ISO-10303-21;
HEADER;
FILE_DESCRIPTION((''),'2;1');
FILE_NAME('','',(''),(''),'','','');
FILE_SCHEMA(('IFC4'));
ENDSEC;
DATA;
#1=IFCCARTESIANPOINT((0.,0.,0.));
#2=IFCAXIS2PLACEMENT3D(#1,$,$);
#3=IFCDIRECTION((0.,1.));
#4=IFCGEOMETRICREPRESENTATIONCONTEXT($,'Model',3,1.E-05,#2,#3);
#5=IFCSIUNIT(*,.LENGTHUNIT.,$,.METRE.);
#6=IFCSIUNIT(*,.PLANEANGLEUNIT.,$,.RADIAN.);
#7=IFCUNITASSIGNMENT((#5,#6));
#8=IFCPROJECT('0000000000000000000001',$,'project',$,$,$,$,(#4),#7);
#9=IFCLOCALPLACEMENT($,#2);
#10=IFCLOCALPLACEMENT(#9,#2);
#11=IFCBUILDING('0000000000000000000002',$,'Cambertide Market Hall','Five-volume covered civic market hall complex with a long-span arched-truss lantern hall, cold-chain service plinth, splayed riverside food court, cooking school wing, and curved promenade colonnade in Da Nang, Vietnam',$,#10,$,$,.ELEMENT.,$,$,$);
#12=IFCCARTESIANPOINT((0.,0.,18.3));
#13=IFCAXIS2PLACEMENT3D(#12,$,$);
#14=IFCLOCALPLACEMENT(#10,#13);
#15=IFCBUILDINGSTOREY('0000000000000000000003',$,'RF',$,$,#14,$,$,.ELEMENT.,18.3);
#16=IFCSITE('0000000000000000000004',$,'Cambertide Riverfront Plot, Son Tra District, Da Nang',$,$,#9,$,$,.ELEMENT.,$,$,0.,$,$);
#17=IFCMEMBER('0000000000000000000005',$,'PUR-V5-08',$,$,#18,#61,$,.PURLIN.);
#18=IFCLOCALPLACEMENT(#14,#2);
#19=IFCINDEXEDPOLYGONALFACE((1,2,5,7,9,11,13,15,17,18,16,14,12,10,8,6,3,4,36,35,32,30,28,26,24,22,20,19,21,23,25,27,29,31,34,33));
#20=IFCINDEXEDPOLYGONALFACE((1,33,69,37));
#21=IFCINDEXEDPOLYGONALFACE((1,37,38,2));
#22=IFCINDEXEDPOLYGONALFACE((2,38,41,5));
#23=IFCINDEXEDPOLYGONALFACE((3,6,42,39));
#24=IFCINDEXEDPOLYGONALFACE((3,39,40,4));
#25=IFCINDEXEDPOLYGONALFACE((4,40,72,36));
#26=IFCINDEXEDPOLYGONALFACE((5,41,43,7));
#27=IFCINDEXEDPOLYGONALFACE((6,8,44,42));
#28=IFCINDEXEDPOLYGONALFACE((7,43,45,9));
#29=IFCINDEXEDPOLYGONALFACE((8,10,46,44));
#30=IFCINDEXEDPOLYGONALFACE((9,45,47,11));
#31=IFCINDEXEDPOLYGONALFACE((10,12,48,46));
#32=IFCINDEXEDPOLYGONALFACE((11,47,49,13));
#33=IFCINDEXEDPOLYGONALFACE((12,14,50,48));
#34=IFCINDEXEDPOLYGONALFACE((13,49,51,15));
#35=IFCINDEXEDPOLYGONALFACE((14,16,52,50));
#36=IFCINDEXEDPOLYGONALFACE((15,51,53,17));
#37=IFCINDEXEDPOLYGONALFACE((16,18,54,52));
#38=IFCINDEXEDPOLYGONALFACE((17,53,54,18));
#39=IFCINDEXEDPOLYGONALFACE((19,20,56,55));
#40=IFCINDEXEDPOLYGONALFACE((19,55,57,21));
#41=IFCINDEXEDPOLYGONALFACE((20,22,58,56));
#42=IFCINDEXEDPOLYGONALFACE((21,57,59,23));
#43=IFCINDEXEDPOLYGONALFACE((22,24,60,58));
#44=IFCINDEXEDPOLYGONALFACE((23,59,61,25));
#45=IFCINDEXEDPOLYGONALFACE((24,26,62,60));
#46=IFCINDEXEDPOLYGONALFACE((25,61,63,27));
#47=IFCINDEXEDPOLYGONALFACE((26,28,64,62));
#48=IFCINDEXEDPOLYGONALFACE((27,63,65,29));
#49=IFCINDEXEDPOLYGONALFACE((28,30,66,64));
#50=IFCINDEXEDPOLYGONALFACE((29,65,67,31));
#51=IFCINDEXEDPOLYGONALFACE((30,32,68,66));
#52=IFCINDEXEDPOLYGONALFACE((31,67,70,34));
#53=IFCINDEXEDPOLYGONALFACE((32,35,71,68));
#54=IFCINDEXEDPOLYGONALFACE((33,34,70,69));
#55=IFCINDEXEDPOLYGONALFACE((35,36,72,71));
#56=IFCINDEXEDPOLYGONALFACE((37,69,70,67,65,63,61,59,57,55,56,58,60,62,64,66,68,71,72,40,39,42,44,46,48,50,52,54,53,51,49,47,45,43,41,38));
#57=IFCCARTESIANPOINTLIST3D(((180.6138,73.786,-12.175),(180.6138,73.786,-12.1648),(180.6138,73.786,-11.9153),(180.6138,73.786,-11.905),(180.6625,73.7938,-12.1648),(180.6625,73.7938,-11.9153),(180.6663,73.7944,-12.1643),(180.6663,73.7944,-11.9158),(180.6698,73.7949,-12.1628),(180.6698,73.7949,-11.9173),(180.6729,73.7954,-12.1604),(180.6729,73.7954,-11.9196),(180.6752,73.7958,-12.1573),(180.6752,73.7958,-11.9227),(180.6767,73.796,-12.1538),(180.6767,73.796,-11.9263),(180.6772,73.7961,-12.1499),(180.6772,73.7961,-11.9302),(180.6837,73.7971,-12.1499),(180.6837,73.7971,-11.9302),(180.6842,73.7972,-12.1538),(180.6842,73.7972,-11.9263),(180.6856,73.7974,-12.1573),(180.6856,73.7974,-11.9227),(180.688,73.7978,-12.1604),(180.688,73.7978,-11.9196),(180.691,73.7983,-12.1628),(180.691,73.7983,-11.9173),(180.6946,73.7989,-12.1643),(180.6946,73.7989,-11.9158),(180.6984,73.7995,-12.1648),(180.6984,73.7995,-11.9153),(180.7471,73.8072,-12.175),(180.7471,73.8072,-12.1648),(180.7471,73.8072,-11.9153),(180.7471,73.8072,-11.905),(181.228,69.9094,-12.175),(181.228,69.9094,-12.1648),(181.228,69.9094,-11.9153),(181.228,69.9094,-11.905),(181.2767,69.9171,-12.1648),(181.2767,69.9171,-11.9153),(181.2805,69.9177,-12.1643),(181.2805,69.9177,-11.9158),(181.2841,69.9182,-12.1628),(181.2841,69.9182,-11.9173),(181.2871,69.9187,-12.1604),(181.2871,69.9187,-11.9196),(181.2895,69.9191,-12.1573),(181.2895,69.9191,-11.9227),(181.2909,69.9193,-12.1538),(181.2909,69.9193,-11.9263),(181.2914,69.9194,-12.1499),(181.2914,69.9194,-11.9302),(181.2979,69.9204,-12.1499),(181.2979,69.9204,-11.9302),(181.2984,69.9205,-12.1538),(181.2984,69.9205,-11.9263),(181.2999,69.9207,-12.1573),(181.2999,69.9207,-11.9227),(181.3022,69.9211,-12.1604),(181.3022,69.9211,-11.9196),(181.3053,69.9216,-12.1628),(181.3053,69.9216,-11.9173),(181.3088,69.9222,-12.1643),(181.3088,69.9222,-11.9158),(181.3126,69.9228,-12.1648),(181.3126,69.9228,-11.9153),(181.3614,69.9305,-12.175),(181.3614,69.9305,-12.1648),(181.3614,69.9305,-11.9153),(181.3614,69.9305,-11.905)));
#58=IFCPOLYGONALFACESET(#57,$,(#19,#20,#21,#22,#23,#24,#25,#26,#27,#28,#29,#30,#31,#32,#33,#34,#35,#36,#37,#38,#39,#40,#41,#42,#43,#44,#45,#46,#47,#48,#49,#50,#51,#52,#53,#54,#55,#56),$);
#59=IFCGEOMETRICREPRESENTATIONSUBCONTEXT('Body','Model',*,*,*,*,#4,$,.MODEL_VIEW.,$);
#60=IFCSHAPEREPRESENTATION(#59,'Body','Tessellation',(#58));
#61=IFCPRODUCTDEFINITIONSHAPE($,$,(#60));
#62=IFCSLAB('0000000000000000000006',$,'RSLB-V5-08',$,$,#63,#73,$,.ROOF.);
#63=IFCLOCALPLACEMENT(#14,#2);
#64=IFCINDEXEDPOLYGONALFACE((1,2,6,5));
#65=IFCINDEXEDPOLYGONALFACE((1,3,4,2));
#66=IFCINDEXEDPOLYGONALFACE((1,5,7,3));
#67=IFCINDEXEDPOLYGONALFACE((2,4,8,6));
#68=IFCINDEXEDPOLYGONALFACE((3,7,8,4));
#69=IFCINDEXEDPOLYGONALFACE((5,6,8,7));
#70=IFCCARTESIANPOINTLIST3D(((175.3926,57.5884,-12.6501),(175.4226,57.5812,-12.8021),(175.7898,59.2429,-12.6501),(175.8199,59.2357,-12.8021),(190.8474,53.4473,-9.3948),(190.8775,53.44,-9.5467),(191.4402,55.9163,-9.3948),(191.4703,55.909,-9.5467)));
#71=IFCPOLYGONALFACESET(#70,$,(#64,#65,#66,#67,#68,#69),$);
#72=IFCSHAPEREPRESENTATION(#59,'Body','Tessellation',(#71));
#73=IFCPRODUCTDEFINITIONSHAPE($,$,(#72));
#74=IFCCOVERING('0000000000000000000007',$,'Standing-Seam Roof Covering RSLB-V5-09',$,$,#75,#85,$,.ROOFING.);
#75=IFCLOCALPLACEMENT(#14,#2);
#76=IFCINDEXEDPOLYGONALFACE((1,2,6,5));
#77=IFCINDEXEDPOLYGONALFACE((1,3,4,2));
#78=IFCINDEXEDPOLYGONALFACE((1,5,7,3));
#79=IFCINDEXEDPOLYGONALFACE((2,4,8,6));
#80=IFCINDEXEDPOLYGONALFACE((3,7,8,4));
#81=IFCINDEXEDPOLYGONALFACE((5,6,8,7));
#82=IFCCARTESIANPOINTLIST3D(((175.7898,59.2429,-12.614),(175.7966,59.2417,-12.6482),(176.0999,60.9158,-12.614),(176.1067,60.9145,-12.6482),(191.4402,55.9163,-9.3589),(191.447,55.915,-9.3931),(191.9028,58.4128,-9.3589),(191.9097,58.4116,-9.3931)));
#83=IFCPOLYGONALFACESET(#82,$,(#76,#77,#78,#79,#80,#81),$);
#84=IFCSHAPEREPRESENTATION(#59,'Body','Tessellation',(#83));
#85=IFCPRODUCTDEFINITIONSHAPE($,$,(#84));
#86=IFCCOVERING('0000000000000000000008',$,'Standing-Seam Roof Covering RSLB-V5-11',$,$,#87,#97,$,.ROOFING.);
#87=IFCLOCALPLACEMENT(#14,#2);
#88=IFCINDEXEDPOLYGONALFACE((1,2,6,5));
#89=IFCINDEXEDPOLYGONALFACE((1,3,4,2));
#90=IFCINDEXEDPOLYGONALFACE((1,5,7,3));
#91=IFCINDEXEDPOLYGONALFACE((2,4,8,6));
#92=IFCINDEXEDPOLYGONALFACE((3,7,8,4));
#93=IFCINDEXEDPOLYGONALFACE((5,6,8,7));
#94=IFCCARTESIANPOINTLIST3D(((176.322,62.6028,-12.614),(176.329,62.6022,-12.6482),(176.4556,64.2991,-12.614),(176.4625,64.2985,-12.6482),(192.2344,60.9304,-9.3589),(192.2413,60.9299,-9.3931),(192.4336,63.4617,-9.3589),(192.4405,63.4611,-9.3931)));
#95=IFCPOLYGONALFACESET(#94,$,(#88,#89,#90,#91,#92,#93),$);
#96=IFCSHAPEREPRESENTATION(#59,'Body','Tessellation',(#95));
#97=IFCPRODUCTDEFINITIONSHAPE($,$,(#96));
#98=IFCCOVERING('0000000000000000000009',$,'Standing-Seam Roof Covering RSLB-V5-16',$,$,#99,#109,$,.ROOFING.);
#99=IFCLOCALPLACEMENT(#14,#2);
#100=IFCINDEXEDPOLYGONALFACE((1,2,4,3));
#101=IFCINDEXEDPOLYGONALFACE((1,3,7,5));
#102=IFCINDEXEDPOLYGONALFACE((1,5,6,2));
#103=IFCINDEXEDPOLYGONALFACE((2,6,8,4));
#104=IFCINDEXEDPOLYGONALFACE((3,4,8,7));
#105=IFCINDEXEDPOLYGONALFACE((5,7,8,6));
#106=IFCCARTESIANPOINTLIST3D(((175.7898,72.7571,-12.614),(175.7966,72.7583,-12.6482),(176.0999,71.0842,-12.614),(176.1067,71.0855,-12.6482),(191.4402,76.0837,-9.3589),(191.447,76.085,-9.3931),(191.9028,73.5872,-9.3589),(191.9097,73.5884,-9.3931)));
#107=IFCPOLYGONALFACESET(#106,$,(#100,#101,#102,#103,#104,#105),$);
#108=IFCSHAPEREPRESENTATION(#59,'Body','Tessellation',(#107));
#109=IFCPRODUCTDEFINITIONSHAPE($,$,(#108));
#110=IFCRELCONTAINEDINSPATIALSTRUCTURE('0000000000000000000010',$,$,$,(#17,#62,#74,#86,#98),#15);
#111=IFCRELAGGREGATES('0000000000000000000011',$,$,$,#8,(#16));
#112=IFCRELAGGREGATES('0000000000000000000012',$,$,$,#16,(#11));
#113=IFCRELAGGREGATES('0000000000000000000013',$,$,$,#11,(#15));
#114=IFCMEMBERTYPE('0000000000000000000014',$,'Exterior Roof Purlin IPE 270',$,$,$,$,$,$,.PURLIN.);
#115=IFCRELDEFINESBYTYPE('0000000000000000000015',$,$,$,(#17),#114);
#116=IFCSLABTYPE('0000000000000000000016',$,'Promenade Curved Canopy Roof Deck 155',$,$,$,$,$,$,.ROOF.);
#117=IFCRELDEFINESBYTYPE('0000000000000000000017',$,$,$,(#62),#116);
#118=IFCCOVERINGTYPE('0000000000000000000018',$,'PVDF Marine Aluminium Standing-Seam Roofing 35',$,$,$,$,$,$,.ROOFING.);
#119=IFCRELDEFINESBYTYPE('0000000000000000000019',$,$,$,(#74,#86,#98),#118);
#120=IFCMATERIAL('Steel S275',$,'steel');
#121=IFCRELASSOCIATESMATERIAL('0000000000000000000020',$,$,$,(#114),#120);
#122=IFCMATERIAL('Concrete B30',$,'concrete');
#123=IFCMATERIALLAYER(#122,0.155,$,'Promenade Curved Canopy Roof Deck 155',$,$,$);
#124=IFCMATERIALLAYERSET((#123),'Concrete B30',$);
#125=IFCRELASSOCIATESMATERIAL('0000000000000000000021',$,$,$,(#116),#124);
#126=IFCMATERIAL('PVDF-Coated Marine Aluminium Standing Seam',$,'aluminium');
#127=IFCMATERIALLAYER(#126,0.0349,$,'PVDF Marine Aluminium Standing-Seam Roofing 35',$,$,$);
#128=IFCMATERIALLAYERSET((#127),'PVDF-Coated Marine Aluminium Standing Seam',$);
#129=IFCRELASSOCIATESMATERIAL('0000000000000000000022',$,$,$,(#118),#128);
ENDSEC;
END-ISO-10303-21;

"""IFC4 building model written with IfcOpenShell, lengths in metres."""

from ifc_helpers import new_model, si_unit, direction, frame, origin, origin_2d, place, context, subcontext, project, spatial, polyline, i_section, outline, extrude, material, layer, layer_set, material_profile, profile_set, type_object, element, save


model = new_model("IFC4")

# Units and contexts
model_context = context("Model", 3, precision=1e-05, world=origin(), true_north=direction((0.0, 1.0)))
body_context = subcontext(model_context, "Body", "Model", "MODEL_VIEW")
ifc_project = project(units=[si_unit("LENGTHUNIT", "METRE"), si_unit("PLANEANGLEUNIT", "RADIAN")], contexts=[model_context])

# Site, building, storey
site_placement = place(None, origin())
site = spatial("IfcSite", under=ifc_project, at=site_placement, Name="Cambertide Riverfront Plot, Son Tra District, Da Nang", CompositionType="ELEMENT", RefElevation=0.0)
building_placement = place(site_placement, origin())
building = spatial("IfcBuilding", under=site, at=building_placement, Name="Cambertide Market Hall", Description="Five-volume covered civic market hall complex with a long-span arched-truss lantern hall, cold-chain service plinth, splayed riverside food court, cooking school wing, and curved promenade colonnade in Da Nang, Vietnam", CompositionType="ELEMENT")
storey_placement = place(building_placement, frame((0.0, 0.0, 18.3)))
storey = spatial("IfcBuildingStorey", under=building, at=storey_placement, Name="RF", CompositionType="ELEMENT", Elevation=18.3)

# Member
ifc_material_1 = material(Name="Steel S275", Category="steel")
ifc_material_profile = material_profile(ifc_material_1, i_section(OverallWidth=0.135, OverallDepth=0.27, WebThickness=0.0066, FlangeThickness=0.0103, FilletRadius=0.0149, at=origin_2d()), Name="IPE 270")
ifc_profile_set = profile_set([ifc_material_profile], Name="Steel S275")
member_type = type_object("IfcMemberType", Name="Exterior Roof Purlin IPE 270", PredefinedType="PURLIN", material=ifc_profile_set)
member_1_placement = place(storey_placement, frame((181.2947, 69.9199, -12.04), z_axis=(-0.156496, 0.987679, 0.0), x_axis=(-0.987679, -0.156496, 0.0)))
element("IfcMember", 1, at=member_1_placement, inside=storey, type_object=member_type, Name="PUR-V5-08", PredefinedType="PURLIN", context=body_context, shape_type="SweptSolid", body=[
    extrude(i_section(OverallWidth=0.135, OverallDepth=0.27, WebThickness=0.0066, FlangeThickness=0.0103, FilletRadius=0.0149, at=origin_2d()), origin(), (0.0, 0.0, 1.0), 3.925),
])

# Slab
ifc_material_2 = material(Name="Concrete B30", Category="concrete")
ifc_layer_1 = layer(ifc_material_2, 0.155, Name="Promenade Curved Canopy Roof Deck 155")
ifc_layer_set_1 = layer_set([ifc_layer_1], Name="Concrete B30")
slab_type = type_object("IfcSlabType", Name="Promenade Curved Canopy Roof Deck 155", PredefinedType="ROOF", material=ifc_layer_set_1)
slab_1_placement = place(storey_placement, frame((175.3926, 57.5884, -12.6501), z_axis=(-0.19393, 0.046559, 0.97991), x_axis=(0.233444, 0.97237, -0.000001)))
element("IfcSlab", 2, at=slab_1_placement, inside=storey, type_object=slab_type, Name="RSLB-V5-08", PredefinedType="ROOF", context=body_context, shape_type="SweptSolid", body=[
    extrude(outline(polyline([(0.0, 0.0), (1.7016, 0.0), (2.1203, -16.3225), (-0.4189, -16.3225), (0.0, 0.0)])), origin(), (0.0, 0.0, -1.0), 0.155),
])

# Coverings
ifc_material_3 = material(Name="PVDF-Coated Marine Aluminium Standing Seam", Category="aluminium")
ifc_layer_2 = layer(ifc_material_3, 0.0349, Name="PVDF Marine Aluminium Standing-Seam Roofing 35")
ifc_layer_set_2 = layer_set([ifc_layer_2], Name="PVDF-Coated Marine Aluminium Standing Seam")
covering_type = type_object("IfcCoveringType", Name="PVDF Marine Aluminium Standing-Seam Roofing 35", PredefinedType="ROOFING", material=ifc_layer_set_2)
covering_1_placement = place(storey_placement, frame((175.7898, 59.2429, -12.614), z_axis=(-0.196088, 0.03634, 0.979913), x_axis=(0.182243, 0.983254, 0.000004)))
element("IfcCovering", 3, at=covering_1_placement, inside=storey, type_object=covering_type, Name="Standing-Seam Roof Covering RSLB-V5-09", PredefinedType="ROOFING", context=body_context, shape_type="SweptSolid", body=[
    extrude(outline(polyline([(0.0, 0.0), (1.7013, 0.0), (2.1203, -16.3223), (-0.4188, -16.3224), (0.0, 0.0)])), origin(), (0.0, 0.0, -1.0), 0.0349),
])
covering_2_placement = place(storey_placement, frame((176.322, 62.6028, -12.614), z_axis=(-0.198812, 0.015649, 0.979913), x_axis=(0.078484, 0.996915, 0.000003)))
element("IfcCovering", 4, at=covering_2_placement, inside=storey, type_object=covering_type, Name="Standing-Seam Roof Covering RSLB-V5-11", PredefinedType="ROOFING", context=body_context, shape_type="SweptSolid", body=[
    extrude(outline(polyline([(0.0, 0.0), (1.7015, 0.0), (2.1208, -16.3223), (-0.4183, -16.3224), (0.0, 0.0)])), origin(), (0.0, 0.0, -1.0), 0.0349),
])
covering_3_placement = place(storey_placement, frame((176.0999, 71.0842, -12.614), z_axis=(-0.196088, -0.03634, 0.979913), x_axis=(-0.182243, 0.983254, -0.000004)))
element("IfcCovering", 5, at=covering_3_placement, inside=storey, type_object=covering_type, Name="Standing-Seam Roof Covering RSLB-V5-16", PredefinedType="ROOFING", context=body_context, shape_type="SweptSolid", body=[
    extrude(outline(polyline([(0.0, 0.0), (1.7013, 0.0), (2.1201, -16.3224), (-0.419, -16.3223), (0.0, 0.0)])), origin(), (0.0, 0.0, -1.0), 0.0349),
])

save(model, "model.ifc")
